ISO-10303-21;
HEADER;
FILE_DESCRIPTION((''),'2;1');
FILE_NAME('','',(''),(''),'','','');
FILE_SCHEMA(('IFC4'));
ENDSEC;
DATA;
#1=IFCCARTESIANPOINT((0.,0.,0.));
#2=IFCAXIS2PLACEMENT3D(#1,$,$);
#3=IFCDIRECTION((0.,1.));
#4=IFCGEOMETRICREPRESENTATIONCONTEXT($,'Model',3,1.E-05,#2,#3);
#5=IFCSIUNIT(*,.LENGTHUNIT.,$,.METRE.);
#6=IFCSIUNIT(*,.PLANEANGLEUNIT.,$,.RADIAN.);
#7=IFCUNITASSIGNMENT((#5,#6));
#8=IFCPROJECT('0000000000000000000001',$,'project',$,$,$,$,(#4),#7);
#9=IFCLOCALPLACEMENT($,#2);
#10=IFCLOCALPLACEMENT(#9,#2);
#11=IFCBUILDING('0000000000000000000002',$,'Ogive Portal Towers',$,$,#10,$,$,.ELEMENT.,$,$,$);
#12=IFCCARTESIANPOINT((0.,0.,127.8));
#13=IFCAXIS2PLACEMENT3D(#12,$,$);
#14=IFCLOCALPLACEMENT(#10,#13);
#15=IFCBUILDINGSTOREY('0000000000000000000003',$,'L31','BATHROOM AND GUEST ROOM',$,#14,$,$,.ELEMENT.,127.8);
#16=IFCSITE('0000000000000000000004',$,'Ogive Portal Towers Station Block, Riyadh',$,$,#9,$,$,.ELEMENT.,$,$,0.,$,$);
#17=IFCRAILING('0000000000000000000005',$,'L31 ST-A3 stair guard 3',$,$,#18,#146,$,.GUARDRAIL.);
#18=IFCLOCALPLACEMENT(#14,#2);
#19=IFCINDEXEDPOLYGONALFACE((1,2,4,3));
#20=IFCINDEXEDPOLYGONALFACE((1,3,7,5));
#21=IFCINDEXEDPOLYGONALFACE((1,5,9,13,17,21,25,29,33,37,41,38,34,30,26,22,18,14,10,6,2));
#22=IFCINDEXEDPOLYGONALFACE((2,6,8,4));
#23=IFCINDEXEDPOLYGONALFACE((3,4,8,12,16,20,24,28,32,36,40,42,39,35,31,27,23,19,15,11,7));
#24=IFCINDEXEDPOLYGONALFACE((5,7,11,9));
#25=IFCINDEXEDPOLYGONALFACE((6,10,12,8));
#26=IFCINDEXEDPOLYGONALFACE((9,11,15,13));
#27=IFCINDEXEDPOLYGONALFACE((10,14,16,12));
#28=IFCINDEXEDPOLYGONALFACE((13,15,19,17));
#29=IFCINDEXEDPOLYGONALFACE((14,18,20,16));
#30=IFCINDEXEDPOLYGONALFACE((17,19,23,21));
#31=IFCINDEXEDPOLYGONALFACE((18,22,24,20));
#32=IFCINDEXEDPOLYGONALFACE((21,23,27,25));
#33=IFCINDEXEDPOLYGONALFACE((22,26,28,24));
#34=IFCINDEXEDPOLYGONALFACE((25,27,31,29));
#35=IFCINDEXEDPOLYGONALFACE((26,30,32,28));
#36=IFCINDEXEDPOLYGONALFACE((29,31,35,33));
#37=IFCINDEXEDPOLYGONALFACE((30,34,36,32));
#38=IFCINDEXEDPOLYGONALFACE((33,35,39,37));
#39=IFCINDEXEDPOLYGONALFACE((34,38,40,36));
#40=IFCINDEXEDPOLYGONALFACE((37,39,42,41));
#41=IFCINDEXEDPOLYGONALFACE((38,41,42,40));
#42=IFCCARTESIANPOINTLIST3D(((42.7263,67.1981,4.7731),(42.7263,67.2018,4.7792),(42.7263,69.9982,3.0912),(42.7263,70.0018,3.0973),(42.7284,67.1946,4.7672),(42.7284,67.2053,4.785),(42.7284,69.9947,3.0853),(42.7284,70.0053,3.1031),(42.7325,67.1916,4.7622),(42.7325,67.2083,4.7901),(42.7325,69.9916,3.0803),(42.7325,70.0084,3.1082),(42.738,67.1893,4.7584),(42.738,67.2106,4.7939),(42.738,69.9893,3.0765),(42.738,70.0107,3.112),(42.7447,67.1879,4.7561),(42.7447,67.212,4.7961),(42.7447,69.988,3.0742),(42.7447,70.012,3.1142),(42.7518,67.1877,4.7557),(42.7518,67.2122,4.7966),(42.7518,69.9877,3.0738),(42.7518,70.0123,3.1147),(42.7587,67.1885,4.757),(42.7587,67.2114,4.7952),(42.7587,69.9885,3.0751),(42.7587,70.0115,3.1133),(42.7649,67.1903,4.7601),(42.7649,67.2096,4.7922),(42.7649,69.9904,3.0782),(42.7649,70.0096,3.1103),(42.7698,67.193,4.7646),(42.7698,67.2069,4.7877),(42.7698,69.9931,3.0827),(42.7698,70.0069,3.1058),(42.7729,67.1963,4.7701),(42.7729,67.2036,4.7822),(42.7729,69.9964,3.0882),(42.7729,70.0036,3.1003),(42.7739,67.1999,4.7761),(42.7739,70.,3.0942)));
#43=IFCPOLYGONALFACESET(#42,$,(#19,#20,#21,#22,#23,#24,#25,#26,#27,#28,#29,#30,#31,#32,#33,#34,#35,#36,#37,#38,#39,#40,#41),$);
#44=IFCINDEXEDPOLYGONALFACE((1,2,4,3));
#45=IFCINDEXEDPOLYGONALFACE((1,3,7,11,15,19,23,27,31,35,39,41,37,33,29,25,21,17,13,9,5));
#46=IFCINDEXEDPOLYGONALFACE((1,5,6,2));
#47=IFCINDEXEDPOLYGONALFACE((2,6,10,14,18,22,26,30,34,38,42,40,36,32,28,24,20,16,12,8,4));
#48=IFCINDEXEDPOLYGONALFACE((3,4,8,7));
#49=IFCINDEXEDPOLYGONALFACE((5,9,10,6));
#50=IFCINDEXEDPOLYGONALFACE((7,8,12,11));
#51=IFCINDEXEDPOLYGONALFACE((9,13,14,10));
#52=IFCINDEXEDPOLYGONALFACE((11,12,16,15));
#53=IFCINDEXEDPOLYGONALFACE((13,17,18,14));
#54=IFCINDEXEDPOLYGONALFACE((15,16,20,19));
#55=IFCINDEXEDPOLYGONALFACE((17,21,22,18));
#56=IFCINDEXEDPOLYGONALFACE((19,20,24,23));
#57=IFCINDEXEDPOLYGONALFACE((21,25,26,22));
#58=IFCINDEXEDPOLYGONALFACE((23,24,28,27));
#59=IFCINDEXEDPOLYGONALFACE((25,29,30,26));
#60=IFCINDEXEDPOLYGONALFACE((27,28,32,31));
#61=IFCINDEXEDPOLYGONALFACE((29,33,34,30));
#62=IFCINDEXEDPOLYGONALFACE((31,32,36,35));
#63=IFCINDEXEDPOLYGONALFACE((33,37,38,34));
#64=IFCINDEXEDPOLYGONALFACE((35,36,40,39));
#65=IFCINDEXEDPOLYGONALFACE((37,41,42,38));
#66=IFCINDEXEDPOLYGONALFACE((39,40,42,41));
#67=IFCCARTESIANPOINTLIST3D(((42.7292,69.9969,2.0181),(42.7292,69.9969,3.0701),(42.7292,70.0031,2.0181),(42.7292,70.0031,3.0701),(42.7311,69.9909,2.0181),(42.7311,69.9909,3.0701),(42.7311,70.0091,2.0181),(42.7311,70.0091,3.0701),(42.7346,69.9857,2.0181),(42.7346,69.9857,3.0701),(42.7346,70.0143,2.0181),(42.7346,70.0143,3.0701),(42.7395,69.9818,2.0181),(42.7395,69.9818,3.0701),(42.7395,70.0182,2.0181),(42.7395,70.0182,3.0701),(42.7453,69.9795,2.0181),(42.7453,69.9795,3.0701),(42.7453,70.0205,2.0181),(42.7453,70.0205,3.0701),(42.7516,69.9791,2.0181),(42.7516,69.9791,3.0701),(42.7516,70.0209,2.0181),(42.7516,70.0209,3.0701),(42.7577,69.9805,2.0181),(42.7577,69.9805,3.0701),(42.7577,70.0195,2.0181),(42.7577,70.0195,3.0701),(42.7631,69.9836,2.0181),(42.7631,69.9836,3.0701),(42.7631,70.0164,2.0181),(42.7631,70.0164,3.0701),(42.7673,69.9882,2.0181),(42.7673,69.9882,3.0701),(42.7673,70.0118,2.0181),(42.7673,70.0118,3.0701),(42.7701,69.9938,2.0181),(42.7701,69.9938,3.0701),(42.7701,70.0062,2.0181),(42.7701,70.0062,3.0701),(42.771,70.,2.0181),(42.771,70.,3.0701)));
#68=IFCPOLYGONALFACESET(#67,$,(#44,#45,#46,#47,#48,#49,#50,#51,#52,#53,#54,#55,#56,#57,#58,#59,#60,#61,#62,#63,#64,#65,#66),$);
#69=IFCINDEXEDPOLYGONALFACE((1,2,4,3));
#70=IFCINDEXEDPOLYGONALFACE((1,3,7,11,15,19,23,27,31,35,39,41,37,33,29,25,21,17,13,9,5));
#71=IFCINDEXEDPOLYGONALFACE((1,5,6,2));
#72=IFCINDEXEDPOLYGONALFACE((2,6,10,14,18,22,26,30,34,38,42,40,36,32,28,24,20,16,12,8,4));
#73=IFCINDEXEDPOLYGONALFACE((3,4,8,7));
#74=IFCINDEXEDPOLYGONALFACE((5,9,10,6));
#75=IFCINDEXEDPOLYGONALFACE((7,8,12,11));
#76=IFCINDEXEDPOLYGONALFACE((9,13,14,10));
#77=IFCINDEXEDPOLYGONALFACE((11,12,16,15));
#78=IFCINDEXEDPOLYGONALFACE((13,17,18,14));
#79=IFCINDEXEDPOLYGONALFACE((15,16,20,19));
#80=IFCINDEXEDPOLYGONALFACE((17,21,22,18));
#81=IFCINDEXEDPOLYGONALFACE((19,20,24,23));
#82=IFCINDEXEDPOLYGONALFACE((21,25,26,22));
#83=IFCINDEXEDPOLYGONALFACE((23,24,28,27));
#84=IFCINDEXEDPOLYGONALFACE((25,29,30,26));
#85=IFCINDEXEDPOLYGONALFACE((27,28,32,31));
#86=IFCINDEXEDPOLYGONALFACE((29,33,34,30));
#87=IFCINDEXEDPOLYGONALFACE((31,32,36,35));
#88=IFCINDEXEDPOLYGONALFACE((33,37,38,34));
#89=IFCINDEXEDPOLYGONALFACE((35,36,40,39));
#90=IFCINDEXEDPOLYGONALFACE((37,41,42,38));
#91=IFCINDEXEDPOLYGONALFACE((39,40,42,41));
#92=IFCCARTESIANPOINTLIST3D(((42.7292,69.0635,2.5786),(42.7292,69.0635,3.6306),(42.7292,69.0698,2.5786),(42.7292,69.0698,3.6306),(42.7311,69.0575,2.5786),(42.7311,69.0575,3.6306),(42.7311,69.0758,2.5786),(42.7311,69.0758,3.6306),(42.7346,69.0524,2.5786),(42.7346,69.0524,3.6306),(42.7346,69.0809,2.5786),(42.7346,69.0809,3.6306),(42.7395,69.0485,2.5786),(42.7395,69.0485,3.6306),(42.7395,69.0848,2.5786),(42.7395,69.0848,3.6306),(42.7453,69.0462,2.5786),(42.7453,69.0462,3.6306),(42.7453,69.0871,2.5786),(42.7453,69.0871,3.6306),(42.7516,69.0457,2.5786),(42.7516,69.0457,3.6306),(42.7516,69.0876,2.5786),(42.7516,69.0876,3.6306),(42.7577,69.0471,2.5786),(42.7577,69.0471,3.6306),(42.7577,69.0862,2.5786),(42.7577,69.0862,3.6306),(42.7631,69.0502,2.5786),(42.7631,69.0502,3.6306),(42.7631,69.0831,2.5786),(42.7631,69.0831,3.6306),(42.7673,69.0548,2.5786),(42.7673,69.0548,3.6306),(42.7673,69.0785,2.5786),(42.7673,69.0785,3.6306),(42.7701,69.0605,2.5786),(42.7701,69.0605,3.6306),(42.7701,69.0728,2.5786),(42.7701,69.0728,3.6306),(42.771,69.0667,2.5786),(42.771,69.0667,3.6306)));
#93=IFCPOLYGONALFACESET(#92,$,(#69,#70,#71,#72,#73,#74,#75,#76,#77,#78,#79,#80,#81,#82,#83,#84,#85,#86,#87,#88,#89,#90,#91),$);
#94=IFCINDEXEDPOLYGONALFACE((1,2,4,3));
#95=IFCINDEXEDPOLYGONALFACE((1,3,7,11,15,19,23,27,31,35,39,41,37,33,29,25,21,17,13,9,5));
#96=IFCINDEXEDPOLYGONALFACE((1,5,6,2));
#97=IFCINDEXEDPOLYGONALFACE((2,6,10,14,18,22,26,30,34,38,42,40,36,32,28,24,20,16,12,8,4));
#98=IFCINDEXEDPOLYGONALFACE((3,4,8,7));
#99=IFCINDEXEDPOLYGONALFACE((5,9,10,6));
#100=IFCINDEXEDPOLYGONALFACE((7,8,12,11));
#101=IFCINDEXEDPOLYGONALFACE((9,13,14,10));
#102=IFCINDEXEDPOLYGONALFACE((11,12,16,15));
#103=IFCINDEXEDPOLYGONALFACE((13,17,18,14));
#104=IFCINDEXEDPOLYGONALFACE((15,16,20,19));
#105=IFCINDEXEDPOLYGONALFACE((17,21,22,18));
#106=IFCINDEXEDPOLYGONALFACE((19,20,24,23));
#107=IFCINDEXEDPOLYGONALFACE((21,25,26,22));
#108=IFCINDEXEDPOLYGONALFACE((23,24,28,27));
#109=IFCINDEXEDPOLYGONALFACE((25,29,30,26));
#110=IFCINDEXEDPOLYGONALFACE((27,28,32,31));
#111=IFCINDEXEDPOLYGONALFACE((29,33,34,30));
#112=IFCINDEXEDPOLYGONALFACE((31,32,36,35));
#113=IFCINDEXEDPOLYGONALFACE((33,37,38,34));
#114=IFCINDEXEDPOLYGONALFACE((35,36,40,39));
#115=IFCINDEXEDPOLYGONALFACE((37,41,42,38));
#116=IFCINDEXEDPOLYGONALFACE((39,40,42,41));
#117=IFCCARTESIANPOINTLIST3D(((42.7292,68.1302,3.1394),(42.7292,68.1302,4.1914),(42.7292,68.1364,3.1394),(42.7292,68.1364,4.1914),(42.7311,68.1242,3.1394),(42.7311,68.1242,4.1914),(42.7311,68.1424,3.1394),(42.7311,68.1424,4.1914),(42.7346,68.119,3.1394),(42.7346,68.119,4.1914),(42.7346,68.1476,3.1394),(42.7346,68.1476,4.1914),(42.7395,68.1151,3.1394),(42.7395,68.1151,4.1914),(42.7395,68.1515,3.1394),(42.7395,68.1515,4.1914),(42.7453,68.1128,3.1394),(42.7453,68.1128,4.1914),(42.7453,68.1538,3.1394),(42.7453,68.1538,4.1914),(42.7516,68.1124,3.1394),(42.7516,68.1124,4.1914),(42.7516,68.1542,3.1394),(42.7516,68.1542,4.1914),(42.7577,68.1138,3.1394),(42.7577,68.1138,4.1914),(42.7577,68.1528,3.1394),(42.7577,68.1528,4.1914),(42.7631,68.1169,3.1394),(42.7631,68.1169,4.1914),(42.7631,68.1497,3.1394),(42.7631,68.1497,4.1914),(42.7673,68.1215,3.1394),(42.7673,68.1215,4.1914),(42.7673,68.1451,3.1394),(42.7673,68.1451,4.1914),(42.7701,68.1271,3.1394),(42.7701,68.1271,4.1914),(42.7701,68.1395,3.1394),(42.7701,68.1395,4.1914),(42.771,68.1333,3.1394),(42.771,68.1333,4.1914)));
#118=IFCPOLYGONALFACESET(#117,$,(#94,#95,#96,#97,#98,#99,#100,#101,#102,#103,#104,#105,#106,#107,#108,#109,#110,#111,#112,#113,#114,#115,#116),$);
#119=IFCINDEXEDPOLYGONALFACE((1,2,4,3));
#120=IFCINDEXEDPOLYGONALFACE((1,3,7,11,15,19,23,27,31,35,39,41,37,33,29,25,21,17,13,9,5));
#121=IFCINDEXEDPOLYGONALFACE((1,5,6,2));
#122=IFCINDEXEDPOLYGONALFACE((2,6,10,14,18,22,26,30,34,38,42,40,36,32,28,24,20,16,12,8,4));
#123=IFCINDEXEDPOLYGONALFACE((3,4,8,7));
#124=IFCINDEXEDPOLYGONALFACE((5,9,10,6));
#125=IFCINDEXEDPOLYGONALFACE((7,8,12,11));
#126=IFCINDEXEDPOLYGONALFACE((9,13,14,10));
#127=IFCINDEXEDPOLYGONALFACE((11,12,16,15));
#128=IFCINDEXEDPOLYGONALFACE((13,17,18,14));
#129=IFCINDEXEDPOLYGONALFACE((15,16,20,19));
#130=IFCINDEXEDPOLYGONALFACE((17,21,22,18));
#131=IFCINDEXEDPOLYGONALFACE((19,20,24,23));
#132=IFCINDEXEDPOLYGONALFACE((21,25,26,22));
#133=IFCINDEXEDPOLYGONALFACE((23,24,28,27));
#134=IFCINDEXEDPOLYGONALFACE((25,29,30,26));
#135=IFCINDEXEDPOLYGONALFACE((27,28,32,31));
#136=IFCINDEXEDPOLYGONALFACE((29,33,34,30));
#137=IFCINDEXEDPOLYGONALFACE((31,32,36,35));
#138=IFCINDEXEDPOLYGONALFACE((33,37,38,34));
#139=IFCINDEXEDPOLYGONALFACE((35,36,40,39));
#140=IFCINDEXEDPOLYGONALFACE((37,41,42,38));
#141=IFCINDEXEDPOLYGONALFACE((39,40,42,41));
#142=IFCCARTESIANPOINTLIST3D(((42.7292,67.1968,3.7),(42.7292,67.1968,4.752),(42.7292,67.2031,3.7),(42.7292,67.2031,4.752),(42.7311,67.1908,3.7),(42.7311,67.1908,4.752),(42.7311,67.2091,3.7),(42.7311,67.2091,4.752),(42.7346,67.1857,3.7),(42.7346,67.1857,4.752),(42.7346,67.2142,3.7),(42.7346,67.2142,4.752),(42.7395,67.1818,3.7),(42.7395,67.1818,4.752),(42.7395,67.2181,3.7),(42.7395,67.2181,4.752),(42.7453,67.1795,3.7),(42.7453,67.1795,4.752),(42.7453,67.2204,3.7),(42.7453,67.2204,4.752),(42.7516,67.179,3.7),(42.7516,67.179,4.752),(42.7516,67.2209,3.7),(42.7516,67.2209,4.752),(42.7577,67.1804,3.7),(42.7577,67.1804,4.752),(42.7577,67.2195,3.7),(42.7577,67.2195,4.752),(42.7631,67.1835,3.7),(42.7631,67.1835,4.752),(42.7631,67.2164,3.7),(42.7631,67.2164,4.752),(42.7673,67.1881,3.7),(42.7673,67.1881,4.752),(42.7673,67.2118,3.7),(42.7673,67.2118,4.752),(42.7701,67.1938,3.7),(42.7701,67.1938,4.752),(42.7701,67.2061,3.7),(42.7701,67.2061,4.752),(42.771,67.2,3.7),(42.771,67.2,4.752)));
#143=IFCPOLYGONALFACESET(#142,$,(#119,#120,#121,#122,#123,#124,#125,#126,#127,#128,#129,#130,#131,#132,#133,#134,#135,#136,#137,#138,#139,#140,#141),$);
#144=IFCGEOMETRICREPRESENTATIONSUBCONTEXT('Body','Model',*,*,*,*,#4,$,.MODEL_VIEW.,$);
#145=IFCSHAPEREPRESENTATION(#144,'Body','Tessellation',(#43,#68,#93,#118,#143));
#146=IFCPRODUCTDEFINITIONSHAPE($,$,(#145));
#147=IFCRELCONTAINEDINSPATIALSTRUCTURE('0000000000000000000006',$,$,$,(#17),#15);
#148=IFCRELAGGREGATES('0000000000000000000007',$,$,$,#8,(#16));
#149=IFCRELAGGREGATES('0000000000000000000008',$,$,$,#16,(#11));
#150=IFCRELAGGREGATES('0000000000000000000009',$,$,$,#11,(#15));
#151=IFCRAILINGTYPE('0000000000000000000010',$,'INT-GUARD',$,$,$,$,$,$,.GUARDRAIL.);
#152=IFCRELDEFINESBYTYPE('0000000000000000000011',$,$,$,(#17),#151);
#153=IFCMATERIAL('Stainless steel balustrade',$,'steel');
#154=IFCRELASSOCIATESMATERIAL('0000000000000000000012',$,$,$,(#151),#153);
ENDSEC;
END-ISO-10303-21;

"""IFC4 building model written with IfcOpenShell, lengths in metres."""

from ifc_helpers import new_model, si_unit, direction, frame, origin, origin_2d, place, context, subcontext, project, spatial, circle, extrude, material, type_object, element, save


model = new_model("IFC4")

# Units and contexts
model_context = context("Model", 3, precision=1e-05, world=origin(), true_north=direction((0.0, 1.0)))
body_context = subcontext(model_context, "Body", "Model", "MODEL_VIEW")
ifc_project = project(units=[si_unit("LENGTHUNIT", "METRE"), si_unit("PLANEANGLEUNIT", "RADIAN")], contexts=[model_context])

# Site, building, storey
site_placement = place(None, origin())
site = spatial("IfcSite", under=ifc_project, at=site_placement, Name="Ogive Portal Towers Station Block, Riyadh", CompositionType="ELEMENT", RefElevation=0.0)
building_placement = place(site_placement, origin())
building = spatial("IfcBuilding", under=site, at=building_placement, Name="Ogive Portal Towers", CompositionType="ELEMENT")
storey_placement = place(building_placement, frame((0.0, 0.0, 127.8)))
storey = spatial("IfcBuildingStorey", under=building, at=storey_placement, Name="L31", Description="BATHROOM AND GUEST ROOM", CompositionType="ELEMENT", Elevation=127.8)

# Railing
ifc_material_1 = material(Name="Stainless steel balustrade", Category="steel")
railing_type_1 = type_object("IfcRailingType", Name="INT-GUARD", PredefinedType="GUARDRAIL", material=ifc_material_1)
railing_1_placement = place(storey_placement, frame((42.75, 70.0, 2.0181)))
element("IfcRailing", 1, at=railing_1_placement, inside=storey, type_object=railing_type_1, Name="L31 ST-A3 stair guard 3", PredefinedType="GUARDRAIL", context=body_context, shape_type="SweptSolid", body=[
    extrude(circle(Radius=0.0239, at=origin_2d()), frame((0.0, 0.0, 1.0762), z_axis=(0.0, -0.857242, 0.514913), x_axis=(1.0, 0.0, 0.0)), (0.0, 0.0, 1.0), 3.2664),
    extrude(circle(Radius=0.021, at=origin_2d()), origin(), (0.0, 0.0, 1.0), 1.052),
    extrude(circle(Radius=0.021, at=origin_2d()), frame((0.0, -0.9333, 0.5605)), (0.0, 0.0, 1.0), 1.052),
    extrude(circle(Radius=0.021, at=origin_2d()), frame((0.0, -1.8667, 1.1213)), (0.0, 0.0, 1.0), 1.052),
    extrude(circle(Radius=0.021, at=origin_2d()), frame((0.0, -2.8, 1.6819)), (0.0, 0.0, 1.0), 1.052),
])

save(model, "model.ifc")
